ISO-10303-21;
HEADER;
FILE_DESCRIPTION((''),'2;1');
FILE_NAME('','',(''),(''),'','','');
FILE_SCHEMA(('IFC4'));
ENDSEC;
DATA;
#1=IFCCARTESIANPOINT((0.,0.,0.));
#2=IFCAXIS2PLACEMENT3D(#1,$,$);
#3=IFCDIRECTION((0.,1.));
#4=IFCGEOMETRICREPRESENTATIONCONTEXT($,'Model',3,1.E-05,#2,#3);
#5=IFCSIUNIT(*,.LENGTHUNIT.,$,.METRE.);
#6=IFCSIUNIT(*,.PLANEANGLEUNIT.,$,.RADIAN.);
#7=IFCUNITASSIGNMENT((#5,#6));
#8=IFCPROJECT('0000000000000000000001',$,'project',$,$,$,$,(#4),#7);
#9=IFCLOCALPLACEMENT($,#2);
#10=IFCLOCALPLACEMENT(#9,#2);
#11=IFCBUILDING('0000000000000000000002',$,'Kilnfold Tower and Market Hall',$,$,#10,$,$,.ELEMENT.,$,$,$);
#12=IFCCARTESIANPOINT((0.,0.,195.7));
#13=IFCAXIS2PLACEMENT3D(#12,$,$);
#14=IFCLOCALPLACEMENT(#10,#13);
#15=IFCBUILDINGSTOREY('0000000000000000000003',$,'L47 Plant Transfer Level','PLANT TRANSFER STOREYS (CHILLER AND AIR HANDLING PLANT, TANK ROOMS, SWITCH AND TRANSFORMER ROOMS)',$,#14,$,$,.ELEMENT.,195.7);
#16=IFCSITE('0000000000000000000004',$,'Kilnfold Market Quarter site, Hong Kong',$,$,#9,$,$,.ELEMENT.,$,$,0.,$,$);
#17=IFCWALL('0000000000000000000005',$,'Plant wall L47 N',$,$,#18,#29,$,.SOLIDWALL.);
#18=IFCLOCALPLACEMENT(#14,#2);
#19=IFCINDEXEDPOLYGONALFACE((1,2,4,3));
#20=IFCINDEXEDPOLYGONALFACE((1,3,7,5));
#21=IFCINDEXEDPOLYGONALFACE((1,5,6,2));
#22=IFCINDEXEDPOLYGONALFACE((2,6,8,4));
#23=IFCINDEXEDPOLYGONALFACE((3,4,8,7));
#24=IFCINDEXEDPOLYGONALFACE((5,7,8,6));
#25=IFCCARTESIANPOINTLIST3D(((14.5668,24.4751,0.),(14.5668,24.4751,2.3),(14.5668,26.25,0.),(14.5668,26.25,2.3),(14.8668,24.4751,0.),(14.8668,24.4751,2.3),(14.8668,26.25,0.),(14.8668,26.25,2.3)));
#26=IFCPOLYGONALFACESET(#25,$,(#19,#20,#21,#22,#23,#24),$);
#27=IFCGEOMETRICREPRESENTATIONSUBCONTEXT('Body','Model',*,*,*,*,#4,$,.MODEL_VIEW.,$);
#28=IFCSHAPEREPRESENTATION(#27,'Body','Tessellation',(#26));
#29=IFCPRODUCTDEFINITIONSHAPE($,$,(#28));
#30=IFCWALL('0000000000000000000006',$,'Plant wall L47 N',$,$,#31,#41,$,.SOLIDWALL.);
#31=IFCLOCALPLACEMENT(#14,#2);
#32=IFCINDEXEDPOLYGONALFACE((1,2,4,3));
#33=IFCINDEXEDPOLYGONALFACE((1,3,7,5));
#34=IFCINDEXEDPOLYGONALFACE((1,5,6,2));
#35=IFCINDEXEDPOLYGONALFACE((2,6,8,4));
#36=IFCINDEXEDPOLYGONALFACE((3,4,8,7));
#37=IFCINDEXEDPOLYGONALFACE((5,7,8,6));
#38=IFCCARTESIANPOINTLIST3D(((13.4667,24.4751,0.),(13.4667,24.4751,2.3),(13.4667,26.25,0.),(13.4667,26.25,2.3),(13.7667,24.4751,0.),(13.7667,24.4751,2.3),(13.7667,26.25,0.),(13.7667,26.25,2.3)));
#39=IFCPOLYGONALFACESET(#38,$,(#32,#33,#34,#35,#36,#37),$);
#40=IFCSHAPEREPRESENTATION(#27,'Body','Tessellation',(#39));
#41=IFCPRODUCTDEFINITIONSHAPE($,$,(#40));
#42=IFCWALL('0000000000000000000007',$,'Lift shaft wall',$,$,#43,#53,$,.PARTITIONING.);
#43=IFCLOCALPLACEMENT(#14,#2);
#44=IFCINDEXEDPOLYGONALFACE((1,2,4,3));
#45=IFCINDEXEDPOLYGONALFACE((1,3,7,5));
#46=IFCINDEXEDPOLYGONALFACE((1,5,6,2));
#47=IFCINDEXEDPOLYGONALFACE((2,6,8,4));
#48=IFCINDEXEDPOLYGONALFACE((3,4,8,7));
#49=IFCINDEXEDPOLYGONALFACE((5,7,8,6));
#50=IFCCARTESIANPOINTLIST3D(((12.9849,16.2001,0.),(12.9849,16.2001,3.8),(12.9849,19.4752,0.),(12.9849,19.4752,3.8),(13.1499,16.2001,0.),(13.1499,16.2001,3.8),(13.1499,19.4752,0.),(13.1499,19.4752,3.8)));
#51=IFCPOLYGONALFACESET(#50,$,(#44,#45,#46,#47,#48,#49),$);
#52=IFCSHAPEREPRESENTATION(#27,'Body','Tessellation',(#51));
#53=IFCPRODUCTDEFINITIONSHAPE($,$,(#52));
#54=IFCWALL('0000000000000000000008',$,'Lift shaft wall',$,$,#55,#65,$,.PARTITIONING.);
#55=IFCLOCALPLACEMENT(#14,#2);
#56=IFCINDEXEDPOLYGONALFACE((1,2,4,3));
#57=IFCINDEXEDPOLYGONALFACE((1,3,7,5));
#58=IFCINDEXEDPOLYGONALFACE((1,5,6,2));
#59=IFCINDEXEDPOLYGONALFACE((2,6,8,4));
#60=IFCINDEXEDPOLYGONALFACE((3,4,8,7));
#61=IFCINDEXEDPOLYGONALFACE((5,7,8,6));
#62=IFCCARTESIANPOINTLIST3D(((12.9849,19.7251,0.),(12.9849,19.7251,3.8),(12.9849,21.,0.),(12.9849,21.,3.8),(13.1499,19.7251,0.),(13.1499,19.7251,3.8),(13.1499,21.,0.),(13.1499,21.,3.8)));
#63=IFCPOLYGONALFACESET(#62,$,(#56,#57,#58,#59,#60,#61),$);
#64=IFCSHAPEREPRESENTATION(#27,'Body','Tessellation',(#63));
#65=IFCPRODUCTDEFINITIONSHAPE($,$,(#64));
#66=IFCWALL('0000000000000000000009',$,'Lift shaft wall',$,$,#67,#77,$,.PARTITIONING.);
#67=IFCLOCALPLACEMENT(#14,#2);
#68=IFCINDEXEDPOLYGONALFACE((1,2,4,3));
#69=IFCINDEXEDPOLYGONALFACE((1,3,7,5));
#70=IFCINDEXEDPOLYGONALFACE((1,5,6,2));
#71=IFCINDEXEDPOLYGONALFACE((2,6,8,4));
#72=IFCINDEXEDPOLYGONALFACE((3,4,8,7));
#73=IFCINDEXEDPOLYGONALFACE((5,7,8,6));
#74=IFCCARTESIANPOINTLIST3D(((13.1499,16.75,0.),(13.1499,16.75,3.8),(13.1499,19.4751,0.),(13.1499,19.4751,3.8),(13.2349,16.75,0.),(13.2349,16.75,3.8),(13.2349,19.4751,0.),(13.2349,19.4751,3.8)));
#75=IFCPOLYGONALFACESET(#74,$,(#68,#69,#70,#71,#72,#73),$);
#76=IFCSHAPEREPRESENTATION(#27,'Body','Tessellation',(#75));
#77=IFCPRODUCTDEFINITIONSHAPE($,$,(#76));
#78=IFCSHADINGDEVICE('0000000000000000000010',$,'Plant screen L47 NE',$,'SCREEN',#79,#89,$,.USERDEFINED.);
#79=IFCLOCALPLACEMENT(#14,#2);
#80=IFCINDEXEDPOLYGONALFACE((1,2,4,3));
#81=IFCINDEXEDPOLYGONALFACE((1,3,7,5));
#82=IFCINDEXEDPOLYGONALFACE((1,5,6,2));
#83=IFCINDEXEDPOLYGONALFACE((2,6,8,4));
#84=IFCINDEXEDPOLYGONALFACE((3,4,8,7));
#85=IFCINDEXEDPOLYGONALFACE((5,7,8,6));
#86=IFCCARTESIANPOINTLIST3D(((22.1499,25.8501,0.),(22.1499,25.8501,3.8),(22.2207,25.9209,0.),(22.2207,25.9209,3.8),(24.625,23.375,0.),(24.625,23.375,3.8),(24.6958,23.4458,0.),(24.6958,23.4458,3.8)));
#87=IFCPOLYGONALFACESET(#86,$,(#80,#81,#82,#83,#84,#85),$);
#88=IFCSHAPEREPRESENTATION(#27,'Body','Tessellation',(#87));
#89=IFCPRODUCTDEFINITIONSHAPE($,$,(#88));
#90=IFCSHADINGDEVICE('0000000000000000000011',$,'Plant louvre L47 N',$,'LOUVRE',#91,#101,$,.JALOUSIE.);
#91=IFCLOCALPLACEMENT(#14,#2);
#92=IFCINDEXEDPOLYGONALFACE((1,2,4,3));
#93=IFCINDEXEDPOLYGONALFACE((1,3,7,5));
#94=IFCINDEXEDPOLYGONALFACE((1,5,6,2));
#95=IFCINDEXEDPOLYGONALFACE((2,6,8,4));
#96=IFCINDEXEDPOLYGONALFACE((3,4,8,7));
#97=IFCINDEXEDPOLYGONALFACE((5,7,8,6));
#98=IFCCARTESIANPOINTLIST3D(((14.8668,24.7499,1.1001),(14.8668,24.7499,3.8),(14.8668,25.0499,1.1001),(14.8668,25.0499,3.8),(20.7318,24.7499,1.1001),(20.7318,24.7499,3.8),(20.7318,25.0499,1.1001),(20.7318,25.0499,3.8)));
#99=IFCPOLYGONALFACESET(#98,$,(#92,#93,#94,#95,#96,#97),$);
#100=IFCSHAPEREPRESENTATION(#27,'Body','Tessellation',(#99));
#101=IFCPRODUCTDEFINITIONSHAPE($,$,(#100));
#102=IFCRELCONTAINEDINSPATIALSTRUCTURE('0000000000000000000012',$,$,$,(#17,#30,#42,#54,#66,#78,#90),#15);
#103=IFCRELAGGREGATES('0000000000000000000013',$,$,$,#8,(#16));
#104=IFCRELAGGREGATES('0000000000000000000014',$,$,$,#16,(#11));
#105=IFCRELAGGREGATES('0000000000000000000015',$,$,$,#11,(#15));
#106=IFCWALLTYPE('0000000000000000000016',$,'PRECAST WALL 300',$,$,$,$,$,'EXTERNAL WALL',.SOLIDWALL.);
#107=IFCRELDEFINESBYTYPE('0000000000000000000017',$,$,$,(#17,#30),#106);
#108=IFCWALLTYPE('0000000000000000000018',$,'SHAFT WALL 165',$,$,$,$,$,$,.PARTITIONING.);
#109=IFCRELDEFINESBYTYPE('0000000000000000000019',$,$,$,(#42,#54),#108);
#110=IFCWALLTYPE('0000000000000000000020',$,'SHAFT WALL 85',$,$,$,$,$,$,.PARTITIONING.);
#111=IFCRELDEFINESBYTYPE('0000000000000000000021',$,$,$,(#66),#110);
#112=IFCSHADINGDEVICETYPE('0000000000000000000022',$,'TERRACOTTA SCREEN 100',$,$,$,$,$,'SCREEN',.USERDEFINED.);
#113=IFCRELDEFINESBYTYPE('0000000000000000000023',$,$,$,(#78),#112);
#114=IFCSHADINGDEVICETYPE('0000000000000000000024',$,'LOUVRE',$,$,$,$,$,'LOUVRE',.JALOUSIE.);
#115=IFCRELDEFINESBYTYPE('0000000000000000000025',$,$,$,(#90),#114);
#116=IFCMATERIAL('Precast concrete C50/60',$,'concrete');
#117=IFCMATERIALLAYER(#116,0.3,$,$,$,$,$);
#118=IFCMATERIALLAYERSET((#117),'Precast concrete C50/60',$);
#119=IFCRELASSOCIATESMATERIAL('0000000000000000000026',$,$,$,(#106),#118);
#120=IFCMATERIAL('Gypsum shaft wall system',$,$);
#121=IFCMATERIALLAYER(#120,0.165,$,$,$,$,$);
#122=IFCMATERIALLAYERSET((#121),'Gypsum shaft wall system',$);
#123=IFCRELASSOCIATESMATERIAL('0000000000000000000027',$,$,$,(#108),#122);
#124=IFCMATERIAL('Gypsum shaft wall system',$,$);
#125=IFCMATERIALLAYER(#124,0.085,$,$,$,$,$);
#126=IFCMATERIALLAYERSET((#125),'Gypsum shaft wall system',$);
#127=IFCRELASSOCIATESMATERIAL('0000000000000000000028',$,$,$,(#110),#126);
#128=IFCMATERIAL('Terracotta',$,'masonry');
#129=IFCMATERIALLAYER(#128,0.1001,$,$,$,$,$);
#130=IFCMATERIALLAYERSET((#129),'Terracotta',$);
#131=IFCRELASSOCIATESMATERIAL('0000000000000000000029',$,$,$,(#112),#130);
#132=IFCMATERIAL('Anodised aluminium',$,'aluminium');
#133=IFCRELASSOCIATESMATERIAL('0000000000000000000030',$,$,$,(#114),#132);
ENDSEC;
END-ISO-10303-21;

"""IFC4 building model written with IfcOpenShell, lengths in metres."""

from ifc_helpers import new_model, si_unit, direction, frame, frame_2d, origin, origin_2d, place, context, subcontext, project, spatial, rectangle, extrude, source, transform, mapped, material, layer, layer_set, type_object, element, save


model = new_model("IFC4")

# Units and contexts
model_context = context("Model", 3, precision=1e-05, world=origin(), true_north=direction((0.0, 1.0)))
body_context = subcontext(model_context, "Body", "Model", "MODEL_VIEW")
ifc_project = project(units=[si_unit("LENGTHUNIT", "METRE"), si_unit("PLANEANGLEUNIT", "RADIAN")], contexts=[model_context])

# Site, building, storey
site_placement = place(None, origin())
site = spatial("IfcSite", under=ifc_project, at=site_placement, Name="Kilnfold Market Quarter site, Hong Kong", CompositionType="ELEMENT", RefElevation=0.0)
building_placement = place(site_placement, origin())
building = spatial("IfcBuilding", under=site, at=building_placement, Name="Kilnfold Tower and Market Hall", CompositionType="ELEMENT")
storey_placement = place(building_placement, frame((0.0, 0.0, 195.7)))
storey = spatial("IfcBuildingStorey", under=building, at=storey_placement, Name="L47 Plant Transfer Level", Description="PLANT TRANSFER STOREYS (CHILLER AND AIR HANDLING PLANT, TANK ROOMS, SWITCH AND TRANSFORMER ROOMS)", CompositionType="ELEMENT", Elevation=195.7)

# Walls
ifc_material_1 = material(Name="Precast concrete C50/60", Category="concrete")
ifc_layer_1 = layer(ifc_material_1, 0.3)
ifc_layer_set_1 = layer_set([ifc_layer_1], Name="Precast concrete C50/60")
wall_type_1 = type_object("IfcWallType", Name="PRECAST WALL 300", ElementType="EXTERNAL WALL", PredefinedType="SOLIDWALL", material=ifc_layer_set_1)
shared_shape_1 = source(origin(), body_context, "Body", "SweptSolid", [
    extrude(rectangle(XDim=1.7749, YDim=0.3, at=frame_2d((0.8875, 0.0))), origin(), (0.0, 0.0, 1.0), 2.3),
])
for number, where, z_axis, x_axis, name in (
    (1, (14.7168, 26.25, 0.0), (0.0, 0.0, 1.0), (0.0, -1.0, 0.0), "Plant wall L47 N"),
    (2, (13.6167, 26.25, 0.0), (0.0, 0.0, 1.0), (0.0, -1.0, 0.0), "Plant wall L47 N"),
):
    element("IfcWall", number, at=place(storey_placement, frame(where, z_axis=z_axis, x_axis=x_axis)), inside=storey, type_object=wall_type_1, Name=name, PredefinedType="SOLIDWALL", context=body_context, shape_type="MappedRepresentation", body=[
        mapped(shared_shape_1, transform((0.0, 0.0, 0.0))),
    ])
ifc_material_2 = material(Name="Gypsum shaft wall system")
ifc_layer_2 = layer(ifc_material_2, 0.165)
ifc_layer_set_2 = layer_set([ifc_layer_2], Name="Gypsum shaft wall system")
wall_type_2 = type_object("IfcWallType", Name="SHAFT WALL 165", PredefinedType="PARTITIONING", material=ifc_layer_set_2)
shared_shape_2 = source(origin(), body_context, "Body", "SweptSolid", [
    extrude(rectangle(XDim=3.2751, YDim=0.165, at=frame_2d((1.6377, 0.0))), origin(), (0.0, 0.0, 1.0), 3.8),
])
wall_1_placement = place(storey_placement, frame((13.0674, 16.2, 0.0), z_axis=(0.0, 0.0, 1.0), x_axis=(0.0, 1.0, 0.0)))
element("IfcWall", 3, at=wall_1_placement, inside=storey, type_object=wall_type_2, Name="Lift shaft wall", PredefinedType="PARTITIONING", context=body_context, shape_type="MappedRepresentation", body=[
    mapped(shared_shape_2, transform((0.0, 0.0, 0.0))),
])
shared_shape_3 = source(origin(), body_context, "Body", "SweptSolid", [
    extrude(rectangle(XDim=1.2749, YDim=0.165, at=frame_2d((0.6375, 0.0))), origin(), (0.0, 0.0, 1.0), 3.8),
])
wall_2_placement = place(storey_placement, frame((13.0674, 19.7251, 0.0), z_axis=(0.0, 0.0, 1.0), x_axis=(0.0, 1.0, 0.0)))
element("IfcWall", 4, at=wall_2_placement, inside=storey, type_object=wall_type_2, Name="Lift shaft wall", PredefinedType="PARTITIONING", context=body_context, shape_type="MappedRepresentation", body=[
    mapped(shared_shape_3, transform((0.0, 0.0, 0.0))),
])
ifc_material_3 = material(Name="Gypsum shaft wall system")
ifc_layer_3 = layer(ifc_material_3, 0.085)
ifc_layer_set_3 = layer_set([ifc_layer_3], Name="Gypsum shaft wall system")
wall_type_3 = type_object("IfcWallType", Name="SHAFT WALL 85", PredefinedType="PARTITIONING", material=ifc_layer_set_3)
shared_shape_4 = source(origin(), body_context, "Body", "SweptSolid", [
    extrude(rectangle(XDim=2.7251, YDim=0.085, at=frame_2d((1.3625, 0.0))), origin(), (0.0, 0.0, 1.0), 3.8),
])
wall_3_placement = place(storey_placement, frame((13.1924, 16.75, 0.0), z_axis=(0.0, 0.0, 1.0), x_axis=(0.0, 1.0, 0.0)))
element("IfcWall", 5, at=wall_3_placement, inside=storey, type_object=wall_type_3, Name="Lift shaft wall", PredefinedType="PARTITIONING", context=body_context, shape_type="MappedRepresentation", body=[
    mapped(shared_shape_4, transform((0.0, 0.0, 0.0))),
])

# Shading devices
ifc_material_4 = material(Name="Terracotta", Category="masonry")
ifc_layer_4 = layer(ifc_material_4, 0.1001)
ifc_layer_set_4 = layer_set([ifc_layer_4], Name="Terracotta")
shading_device_type_1 = type_object("IfcShadingDeviceType", Name="TERRACOTTA SCREEN 100", ElementType="SCREEN", PredefinedType="USERDEFINED", material=ifc_layer_set_4)
shared_shape_5 = source(origin(), body_context, "Body", "SweptSolid", [
    extrude(rectangle(XDim=3.5002, YDim=0.1001, at=origin_2d()), origin(), (0.0, 0.0, 1.0), 3.8),
])
shading_device_1_placement = place(storey_placement, frame((23.4229, 24.6479, 0.0), z_axis=(0.0, 0.0, 1.0), x_axis=(-0.707107, 0.707107, 0.0)))
element("IfcShadingDevice", 6, at=shading_device_1_placement, inside=storey, type_object=shading_device_type_1, Name="Plant screen L47 NE", ObjectType="SCREEN", PredefinedType="USERDEFINED", context=body_context, shape_type="MappedRepresentation", body=[
    mapped(shared_shape_5, transform((0.0, 0.0, 0.0))),
])
ifc_material_5 = material(Name="Anodised aluminium", Category="aluminium")
shading_device_type_2 = type_object("IfcShadingDeviceType", Name="LOUVRE", ElementType="LOUVRE", PredefinedType="JALOUSIE", material=ifc_material_5)
shared_shape_6 = source(origin(), body_context, "Body", "SweptSolid", [
    extrude(rectangle(XDim=5.865, YDim=0.3, at=origin_2d()), origin(), (0.0, 0.0, 1.0), 2.7),
])
shading_device_2_placement = place(storey_placement, frame((17.7993, 24.8999, 1.1001), z_axis=(0.0, 0.0, 1.0), x_axis=(-1.0, 0.0, 0.0)))
element("IfcShadingDevice", 7, at=shading_device_2_placement, inside=storey, type_object=shading_device_type_2, Name="Plant louvre L47 N", ObjectType="LOUVRE", PredefinedType="JALOUSIE", context=body_context, shape_type="MappedRepresentation", body=[
    mapped(shared_shape_6, transform((0.0, 0.0, 0.0))),
])

save(model, "model.ifc")
